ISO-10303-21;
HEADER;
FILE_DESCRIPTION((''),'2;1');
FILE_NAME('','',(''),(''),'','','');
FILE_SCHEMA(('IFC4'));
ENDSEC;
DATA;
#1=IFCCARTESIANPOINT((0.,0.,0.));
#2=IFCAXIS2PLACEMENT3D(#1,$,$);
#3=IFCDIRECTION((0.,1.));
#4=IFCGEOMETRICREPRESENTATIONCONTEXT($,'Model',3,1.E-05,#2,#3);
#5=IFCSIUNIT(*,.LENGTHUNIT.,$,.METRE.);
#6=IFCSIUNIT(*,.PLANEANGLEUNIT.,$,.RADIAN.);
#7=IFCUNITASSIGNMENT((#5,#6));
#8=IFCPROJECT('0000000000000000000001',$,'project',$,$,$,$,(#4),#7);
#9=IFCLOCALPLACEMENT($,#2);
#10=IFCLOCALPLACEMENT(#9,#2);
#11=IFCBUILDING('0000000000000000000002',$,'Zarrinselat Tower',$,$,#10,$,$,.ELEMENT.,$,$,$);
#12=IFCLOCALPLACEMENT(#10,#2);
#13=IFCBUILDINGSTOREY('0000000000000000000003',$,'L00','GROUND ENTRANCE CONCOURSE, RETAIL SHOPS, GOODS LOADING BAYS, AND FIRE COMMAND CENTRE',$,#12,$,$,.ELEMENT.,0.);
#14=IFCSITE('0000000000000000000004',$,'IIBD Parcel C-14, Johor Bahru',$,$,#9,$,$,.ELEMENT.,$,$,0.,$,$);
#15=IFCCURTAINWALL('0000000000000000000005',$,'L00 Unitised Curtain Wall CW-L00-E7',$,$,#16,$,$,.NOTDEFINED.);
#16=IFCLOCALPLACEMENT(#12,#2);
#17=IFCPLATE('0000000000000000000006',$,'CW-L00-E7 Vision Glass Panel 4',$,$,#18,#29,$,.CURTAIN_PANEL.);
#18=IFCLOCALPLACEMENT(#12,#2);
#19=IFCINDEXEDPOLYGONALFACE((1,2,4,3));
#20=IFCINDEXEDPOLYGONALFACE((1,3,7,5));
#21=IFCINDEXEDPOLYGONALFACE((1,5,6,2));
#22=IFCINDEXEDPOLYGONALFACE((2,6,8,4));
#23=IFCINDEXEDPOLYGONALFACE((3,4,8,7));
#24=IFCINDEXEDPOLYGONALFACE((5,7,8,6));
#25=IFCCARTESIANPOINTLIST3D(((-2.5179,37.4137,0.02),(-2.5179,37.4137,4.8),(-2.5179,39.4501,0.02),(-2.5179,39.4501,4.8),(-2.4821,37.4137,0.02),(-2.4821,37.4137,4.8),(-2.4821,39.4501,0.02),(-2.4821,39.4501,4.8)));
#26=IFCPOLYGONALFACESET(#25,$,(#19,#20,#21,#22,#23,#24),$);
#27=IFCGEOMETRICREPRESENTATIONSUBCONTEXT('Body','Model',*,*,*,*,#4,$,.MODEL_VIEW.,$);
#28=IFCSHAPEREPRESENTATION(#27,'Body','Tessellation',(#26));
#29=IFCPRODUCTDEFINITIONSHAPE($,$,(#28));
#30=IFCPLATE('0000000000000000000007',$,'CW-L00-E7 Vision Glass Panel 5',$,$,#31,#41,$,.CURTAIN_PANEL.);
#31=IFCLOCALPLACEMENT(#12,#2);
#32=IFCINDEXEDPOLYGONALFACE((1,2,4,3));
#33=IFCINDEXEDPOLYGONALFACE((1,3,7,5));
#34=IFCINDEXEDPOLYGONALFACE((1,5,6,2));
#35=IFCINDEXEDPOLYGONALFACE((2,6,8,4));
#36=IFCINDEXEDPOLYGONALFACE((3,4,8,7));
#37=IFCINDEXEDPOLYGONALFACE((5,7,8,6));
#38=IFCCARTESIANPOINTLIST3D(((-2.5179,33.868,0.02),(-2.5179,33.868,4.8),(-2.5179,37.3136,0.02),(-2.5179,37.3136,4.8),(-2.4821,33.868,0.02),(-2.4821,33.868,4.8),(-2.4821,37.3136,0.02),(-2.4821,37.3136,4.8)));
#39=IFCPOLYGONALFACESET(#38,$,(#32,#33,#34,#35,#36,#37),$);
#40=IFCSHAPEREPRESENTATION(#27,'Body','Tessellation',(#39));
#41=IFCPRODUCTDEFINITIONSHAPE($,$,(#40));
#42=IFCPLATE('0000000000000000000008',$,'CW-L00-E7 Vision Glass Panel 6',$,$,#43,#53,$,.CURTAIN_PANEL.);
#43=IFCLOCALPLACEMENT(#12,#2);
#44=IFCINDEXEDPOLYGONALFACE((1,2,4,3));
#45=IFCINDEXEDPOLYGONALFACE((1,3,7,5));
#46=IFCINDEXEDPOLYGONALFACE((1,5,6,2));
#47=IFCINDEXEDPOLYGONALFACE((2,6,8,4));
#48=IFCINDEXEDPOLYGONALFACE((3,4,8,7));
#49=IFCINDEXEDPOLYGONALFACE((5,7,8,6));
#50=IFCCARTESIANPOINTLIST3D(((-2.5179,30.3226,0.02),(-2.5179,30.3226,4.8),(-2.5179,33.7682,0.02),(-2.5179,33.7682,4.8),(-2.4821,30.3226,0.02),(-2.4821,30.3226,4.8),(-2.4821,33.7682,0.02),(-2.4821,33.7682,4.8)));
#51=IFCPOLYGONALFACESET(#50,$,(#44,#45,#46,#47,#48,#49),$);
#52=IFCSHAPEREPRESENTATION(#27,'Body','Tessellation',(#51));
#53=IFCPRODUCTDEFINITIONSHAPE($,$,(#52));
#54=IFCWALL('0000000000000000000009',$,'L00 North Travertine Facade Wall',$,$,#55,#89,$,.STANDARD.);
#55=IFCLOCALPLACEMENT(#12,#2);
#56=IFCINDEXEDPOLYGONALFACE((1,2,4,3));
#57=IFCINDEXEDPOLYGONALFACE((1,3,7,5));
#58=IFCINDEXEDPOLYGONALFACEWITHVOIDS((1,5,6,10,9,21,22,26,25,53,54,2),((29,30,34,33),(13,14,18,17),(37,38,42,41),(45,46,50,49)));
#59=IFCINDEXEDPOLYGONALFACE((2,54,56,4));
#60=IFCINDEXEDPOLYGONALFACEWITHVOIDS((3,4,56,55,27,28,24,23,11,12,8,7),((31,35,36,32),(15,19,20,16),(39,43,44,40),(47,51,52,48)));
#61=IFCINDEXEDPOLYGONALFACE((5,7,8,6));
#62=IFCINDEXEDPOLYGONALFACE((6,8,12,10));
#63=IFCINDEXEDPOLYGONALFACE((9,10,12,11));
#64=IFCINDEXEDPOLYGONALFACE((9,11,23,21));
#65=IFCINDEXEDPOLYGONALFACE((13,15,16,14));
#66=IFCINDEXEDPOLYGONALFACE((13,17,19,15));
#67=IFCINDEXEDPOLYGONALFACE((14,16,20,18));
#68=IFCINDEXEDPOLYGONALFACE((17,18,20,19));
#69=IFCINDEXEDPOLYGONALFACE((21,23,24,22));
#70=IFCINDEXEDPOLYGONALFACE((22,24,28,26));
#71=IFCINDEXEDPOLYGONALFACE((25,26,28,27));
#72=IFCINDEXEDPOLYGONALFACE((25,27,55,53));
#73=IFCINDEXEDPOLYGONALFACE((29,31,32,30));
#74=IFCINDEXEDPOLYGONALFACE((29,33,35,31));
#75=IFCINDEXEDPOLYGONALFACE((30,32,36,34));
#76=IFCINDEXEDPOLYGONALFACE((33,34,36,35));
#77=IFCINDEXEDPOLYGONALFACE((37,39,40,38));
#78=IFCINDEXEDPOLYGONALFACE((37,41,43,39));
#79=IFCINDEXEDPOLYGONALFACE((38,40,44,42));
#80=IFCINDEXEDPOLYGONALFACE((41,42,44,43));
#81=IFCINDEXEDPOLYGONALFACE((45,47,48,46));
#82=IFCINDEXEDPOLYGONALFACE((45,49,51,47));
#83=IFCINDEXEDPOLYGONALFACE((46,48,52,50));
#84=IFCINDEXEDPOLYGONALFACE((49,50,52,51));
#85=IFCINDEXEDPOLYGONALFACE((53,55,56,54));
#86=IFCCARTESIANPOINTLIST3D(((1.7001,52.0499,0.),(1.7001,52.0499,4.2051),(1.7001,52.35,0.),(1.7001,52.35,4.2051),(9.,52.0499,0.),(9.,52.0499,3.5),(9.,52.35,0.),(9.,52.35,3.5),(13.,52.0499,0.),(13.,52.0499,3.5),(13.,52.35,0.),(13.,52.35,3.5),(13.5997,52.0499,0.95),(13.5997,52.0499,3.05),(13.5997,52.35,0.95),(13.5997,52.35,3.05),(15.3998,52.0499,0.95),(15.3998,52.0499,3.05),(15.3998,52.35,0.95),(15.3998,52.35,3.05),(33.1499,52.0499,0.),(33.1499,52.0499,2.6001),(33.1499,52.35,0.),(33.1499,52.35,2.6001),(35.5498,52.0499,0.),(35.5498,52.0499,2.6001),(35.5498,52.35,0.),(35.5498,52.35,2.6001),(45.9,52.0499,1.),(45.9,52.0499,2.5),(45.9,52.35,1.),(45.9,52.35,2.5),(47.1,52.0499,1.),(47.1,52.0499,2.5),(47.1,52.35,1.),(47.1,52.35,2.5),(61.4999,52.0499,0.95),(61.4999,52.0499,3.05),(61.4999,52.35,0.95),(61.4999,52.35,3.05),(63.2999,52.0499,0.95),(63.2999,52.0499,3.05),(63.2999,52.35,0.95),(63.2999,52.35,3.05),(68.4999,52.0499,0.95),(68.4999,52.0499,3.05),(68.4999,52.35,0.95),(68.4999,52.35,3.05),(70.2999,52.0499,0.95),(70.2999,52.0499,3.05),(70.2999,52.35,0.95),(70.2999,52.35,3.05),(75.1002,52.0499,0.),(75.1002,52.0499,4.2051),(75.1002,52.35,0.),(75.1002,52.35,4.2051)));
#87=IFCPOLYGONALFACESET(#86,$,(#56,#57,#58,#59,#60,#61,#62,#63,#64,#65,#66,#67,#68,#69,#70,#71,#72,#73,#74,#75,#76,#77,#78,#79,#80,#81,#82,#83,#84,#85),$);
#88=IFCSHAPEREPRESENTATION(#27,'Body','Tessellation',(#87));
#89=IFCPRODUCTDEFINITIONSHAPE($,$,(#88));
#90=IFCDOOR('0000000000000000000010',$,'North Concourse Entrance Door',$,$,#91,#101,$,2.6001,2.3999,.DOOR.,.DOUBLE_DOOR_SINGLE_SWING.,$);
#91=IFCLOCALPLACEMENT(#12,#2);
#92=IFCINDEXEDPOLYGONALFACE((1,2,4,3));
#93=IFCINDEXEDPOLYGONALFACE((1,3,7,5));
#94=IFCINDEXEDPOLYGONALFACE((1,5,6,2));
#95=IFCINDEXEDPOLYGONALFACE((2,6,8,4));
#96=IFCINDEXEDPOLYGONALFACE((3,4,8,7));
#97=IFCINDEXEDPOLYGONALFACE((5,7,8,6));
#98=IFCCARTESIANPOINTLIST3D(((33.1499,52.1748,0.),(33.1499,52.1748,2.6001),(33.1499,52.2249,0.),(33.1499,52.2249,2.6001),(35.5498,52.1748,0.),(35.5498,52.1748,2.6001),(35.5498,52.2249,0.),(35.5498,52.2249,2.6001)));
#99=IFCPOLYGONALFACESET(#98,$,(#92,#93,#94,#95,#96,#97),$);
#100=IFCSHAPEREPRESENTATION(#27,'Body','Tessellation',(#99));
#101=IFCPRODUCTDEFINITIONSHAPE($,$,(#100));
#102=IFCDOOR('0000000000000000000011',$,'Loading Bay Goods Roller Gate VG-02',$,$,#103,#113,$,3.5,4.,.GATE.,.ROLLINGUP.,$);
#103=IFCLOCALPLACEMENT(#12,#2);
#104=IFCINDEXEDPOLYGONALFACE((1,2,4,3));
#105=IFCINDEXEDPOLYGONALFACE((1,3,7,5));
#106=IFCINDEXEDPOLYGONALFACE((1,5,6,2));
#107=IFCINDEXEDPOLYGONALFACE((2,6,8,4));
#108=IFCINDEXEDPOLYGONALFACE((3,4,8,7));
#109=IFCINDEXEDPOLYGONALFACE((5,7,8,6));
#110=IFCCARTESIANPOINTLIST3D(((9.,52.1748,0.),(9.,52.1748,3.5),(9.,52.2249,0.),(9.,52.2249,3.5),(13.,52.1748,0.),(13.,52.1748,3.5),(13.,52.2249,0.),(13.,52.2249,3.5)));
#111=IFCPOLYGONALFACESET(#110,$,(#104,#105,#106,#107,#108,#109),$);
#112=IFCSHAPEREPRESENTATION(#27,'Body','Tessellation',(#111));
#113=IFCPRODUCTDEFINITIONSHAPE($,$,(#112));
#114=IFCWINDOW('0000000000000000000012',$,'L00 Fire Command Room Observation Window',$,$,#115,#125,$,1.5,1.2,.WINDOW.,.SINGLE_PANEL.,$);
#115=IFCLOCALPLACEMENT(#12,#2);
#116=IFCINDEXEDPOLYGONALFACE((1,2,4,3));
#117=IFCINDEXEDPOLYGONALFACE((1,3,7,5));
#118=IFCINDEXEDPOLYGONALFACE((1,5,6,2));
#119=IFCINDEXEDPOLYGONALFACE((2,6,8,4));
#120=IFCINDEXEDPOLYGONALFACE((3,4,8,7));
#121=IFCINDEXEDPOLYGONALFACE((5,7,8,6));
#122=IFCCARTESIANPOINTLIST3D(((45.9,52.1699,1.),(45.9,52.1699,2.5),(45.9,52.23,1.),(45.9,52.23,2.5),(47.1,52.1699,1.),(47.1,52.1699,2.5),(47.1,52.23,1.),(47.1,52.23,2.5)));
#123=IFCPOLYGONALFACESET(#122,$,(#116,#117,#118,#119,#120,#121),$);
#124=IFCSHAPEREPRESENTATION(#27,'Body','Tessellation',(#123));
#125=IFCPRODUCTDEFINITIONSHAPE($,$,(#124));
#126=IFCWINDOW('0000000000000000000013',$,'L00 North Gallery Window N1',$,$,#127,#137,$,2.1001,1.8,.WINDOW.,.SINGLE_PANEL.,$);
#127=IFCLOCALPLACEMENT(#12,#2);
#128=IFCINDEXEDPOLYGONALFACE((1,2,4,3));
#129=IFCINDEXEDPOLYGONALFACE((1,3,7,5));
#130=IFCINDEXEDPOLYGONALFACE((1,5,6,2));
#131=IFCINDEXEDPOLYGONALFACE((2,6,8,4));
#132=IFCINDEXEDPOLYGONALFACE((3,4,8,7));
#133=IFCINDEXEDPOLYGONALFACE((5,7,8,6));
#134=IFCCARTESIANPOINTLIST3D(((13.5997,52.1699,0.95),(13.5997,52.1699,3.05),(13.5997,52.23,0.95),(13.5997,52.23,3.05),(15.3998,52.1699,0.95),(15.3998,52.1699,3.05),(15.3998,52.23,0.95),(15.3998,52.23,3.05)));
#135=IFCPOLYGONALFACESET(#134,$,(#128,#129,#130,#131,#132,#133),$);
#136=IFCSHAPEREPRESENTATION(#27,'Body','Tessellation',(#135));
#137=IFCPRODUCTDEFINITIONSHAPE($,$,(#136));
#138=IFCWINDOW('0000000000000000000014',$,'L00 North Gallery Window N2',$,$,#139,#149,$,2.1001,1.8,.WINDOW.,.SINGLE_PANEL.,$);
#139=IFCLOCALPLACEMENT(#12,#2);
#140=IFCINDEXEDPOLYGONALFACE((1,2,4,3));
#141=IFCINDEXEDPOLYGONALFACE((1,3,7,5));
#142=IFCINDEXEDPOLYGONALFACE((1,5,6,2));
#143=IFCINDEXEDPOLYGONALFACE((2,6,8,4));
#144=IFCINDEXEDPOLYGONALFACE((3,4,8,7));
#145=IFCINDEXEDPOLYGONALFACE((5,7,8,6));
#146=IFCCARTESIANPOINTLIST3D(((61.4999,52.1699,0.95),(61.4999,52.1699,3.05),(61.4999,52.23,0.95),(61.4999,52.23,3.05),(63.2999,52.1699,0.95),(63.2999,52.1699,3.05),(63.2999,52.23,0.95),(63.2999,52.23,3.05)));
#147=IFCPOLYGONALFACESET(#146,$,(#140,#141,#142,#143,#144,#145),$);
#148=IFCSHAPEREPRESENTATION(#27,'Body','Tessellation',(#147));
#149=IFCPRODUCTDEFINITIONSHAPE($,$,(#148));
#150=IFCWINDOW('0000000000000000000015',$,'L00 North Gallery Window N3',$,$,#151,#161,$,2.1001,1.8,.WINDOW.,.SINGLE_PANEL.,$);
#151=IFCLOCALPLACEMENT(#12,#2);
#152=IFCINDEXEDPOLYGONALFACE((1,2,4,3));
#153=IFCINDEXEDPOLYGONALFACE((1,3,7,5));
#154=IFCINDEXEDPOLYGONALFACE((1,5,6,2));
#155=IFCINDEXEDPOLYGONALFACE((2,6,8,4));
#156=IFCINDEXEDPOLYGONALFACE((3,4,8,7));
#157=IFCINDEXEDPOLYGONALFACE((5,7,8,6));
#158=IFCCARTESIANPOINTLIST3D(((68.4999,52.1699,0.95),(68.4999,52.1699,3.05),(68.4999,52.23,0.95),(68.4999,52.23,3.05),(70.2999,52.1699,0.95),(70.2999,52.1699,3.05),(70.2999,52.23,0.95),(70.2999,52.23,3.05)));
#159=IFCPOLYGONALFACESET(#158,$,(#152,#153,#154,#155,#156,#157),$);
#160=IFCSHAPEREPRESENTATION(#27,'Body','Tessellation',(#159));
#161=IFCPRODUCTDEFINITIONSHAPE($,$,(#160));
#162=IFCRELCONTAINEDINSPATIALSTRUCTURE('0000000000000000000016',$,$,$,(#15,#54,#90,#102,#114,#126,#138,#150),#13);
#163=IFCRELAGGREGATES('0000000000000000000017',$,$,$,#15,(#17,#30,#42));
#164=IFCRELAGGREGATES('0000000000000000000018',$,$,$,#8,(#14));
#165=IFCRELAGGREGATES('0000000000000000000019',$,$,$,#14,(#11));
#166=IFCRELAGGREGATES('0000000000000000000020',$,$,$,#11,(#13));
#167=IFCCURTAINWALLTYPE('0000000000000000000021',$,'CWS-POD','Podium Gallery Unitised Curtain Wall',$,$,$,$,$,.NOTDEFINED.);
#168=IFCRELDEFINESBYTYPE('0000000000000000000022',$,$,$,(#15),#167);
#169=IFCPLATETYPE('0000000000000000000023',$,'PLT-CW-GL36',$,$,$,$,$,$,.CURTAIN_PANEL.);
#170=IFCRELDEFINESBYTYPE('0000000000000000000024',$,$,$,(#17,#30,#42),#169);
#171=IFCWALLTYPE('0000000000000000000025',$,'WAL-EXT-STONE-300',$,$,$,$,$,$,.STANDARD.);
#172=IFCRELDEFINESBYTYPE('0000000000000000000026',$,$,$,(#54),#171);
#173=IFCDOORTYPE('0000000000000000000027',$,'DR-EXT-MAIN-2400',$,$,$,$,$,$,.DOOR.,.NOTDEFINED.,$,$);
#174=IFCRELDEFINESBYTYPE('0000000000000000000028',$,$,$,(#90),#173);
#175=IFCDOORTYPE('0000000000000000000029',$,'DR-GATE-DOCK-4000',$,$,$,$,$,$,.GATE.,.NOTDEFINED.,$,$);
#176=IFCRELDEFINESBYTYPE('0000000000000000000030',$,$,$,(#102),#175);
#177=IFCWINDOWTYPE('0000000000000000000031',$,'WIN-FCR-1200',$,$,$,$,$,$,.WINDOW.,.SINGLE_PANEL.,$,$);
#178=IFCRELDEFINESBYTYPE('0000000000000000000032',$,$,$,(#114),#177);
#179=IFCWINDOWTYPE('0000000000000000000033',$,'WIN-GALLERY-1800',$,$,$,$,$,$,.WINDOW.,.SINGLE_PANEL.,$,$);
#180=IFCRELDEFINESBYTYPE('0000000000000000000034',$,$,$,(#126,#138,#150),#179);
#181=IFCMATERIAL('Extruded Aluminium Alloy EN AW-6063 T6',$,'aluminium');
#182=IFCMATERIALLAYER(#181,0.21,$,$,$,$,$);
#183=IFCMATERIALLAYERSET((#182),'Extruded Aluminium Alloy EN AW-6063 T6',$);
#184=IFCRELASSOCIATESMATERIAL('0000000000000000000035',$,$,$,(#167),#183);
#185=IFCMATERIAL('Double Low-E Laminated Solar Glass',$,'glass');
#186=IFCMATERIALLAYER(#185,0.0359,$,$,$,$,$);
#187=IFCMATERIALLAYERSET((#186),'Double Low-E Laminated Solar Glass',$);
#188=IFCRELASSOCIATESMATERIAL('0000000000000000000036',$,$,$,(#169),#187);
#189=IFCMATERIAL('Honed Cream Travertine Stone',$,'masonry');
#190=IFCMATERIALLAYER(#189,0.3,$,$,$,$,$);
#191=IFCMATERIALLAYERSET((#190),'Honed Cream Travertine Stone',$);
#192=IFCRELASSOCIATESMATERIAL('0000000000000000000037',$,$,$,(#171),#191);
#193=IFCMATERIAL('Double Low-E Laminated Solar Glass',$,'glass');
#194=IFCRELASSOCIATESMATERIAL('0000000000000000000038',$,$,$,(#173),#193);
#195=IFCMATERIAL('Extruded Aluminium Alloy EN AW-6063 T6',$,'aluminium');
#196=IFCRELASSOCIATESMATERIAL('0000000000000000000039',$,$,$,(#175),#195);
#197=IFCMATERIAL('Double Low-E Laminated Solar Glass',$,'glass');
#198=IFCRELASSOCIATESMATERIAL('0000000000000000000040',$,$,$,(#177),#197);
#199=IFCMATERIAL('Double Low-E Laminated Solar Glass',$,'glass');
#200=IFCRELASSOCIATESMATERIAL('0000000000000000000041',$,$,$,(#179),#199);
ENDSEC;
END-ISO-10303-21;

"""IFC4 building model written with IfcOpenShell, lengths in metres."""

from ifc_helpers import new_model, si_unit, direction, frame, frame_2d, origin, origin_2d, place, context, subcontext, project, spatial, rectangle, extrude, material, layer, layer_set, type_object, element, fill, aggregate, save


model = new_model("IFC4")

# Units and contexts
model_context = context("Model", 3, precision=1e-05, world=origin(), true_north=direction((0.0, 1.0)))
body_context = subcontext(model_context, "Body", "Model", "MODEL_VIEW")
ifc_project = project(units=[si_unit("LENGTHUNIT", "METRE"), si_unit("PLANEANGLEUNIT", "RADIAN")], contexts=[model_context])

# Site, building, storey
site_placement = place(None, origin())
site = spatial("IfcSite", under=ifc_project, at=site_placement, Name="IIBD Parcel C-14, Johor Bahru", CompositionType="ELEMENT", RefElevation=0.0)
building_placement = place(site_placement, origin())
building = spatial("IfcBuilding", under=site, at=building_placement, Name="Zarrinselat Tower", CompositionType="ELEMENT")
storey_placement = place(building_placement, origin())
storey = spatial("IfcBuildingStorey", under=building, at=storey_placement, Name="L00", Description="GROUND ENTRANCE CONCOURSE, RETAIL SHOPS, GOODS LOADING BAYS, AND FIRE COMMAND CENTRE", CompositionType="ELEMENT", Elevation=0.0)

# Curtain wall
ifc_material_1 = material(Name="Extruded Aluminium Alloy EN AW-6063 T6", Category="aluminium")
ifc_layer_1 = layer(ifc_material_1, 0.21)
ifc_layer_set_1 = layer_set([ifc_layer_1], Name="Extruded Aluminium Alloy EN AW-6063 T6")
curtain_wall_type = type_object("IfcCurtainWallType", Name="CWS-POD", Description="Podium Gallery Unitised Curtain Wall", PredefinedType="NOTDEFINED", material=ifc_layer_set_1)
curtain_wall_1_placement = place(storey_placement, origin())
curtain_wall_1 = element("IfcCurtainWall", 1, at=curtain_wall_1_placement, inside=storey, type_object=curtain_wall_type, Name="L00 Unitised Curtain Wall CW-L00-E7", PredefinedType="NOTDEFINED")

# Plates
ifc_material_2 = material(Name="Double Low-E Laminated Solar Glass", Category="glass")
ifc_layer_2 = layer(ifc_material_2, 0.0359)
ifc_layer_set_2 = layer_set([ifc_layer_2], Name="Double Low-E Laminated Solar Glass")
plate_type = type_object("IfcPlateType", Name="PLT-CW-GL36", PredefinedType="CURTAIN_PANEL", material=ifc_layer_set_2)
plate_1_placement = place(storey_placement, frame((-2.5, 38.4319, 0.02), z_axis=(0.0, 0.0, 1.0), x_axis=(0.0, -1.0, 0.0)))
plate_1 = element("IfcPlate", 2, at=plate_1_placement, type_object=plate_type, Name="CW-L00-E7 Vision Glass Panel 4", PredefinedType="CURTAIN_PANEL", context=body_context, shape_type="SweptSolid", body=[
    extrude(rectangle(XDim=2.0364, YDim=0.0359, at=origin_2d()), origin(), (0.0, 0.0, 1.0), 4.78),
])
plate_2_placement = place(storey_placement, frame((-2.5, 35.5908, 0.02), z_axis=(0.0, 0.0, 1.0), x_axis=(0.0, -1.0, 0.0)))
plate_2 = element("IfcPlate", 3, at=plate_2_placement, type_object=plate_type, Name="CW-L00-E7 Vision Glass Panel 5", PredefinedType="CURTAIN_PANEL", context=body_context, shape_type="SweptSolid", body=[
    extrude(rectangle(XDim=3.4456, YDim=0.0359, at=origin_2d()), origin(), (0.0, 0.0, 1.0), 4.78),
])
plate_3_placement = place(storey_placement, frame((-2.5, 32.0454, 0.02), z_axis=(0.0, 0.0, 1.0), x_axis=(0.0, -1.0, 0.0)))
plate_3 = element("IfcPlate", 4, at=plate_3_placement, type_object=plate_type, Name="CW-L00-E7 Vision Glass Panel 6", PredefinedType="CURTAIN_PANEL", context=body_context, shape_type="SweptSolid", body=[
    extrude(rectangle(XDim=3.4456, YDim=0.0359, at=origin_2d()), origin(), (0.0, 0.0, 1.0), 4.78),
])
aggregate(curtain_wall_1, [plate_1, plate_2, plate_3])

# Wall, openings, doors, windows
ifc_material_3 = material(Name="Honed Cream Travertine Stone", Category="masonry")
ifc_layer_3 = layer(ifc_material_3, 0.3)
ifc_layer_set_3 = layer_set([ifc_layer_3], Name="Honed Cream Travertine Stone")
wall_type_1 = type_object("IfcWallType", Name="WAL-EXT-STONE-300", PredefinedType="STANDARD", material=ifc_layer_set_3)
wall_1_placement = place(storey_placement, frame((1.7, 52.2, 0.0), z_axis=(0.0, 0.0, 1.0), x_axis=(1.0, 0.0, 0.0)))
wall_1 = element("IfcWall", 5, at=wall_1_placement, inside=storey, type_object=wall_type_1, Name="L00 North Travertine Facade Wall", PredefinedType="STANDARD", context=body_context, shape_type="SweptSolid", body=[
    extrude(rectangle(XDim=73.4001, YDim=0.3, at=frame_2d((36.7002, 0.0))), origin(), (0.0, 0.0, 1.0), 4.2051),
])
opening_1_placement = place(wall_1_placement, frame((7.3, 0.0, 0.0)))
opening_1 = element("IfcOpeningElement", 6, at=opening_1_placement, cuts=wall_1, PredefinedType="OPENING", context=body_context, shape_type="SweptSolid", body=[
    extrude(rectangle(XDim=4.0, YDim=3.5, at=frame_2d((2.0, 1.75))), frame((0.0, 0.1599, 0.0), z_axis=(0.0, -1.0, 0.0), x_axis=(1.0, 0.0, 0.0)), (0.0, 0.0, 1.0), 0.3201),
])
opening_2_placement = place(wall_1_placement, frame((31.45, 0.0, 0.0)))
opening_2 = element("IfcOpeningElement", 7, at=opening_2_placement, cuts=wall_1, PredefinedType="OPENING", context=body_context, shape_type="SweptSolid", body=[
    extrude(rectangle(XDim=2.3999, YDim=2.6001, at=frame_2d((1.2, 1.3))), frame((0.0, 0.1599, 0.0), z_axis=(0.0, -1.0, 0.0), x_axis=(1.0, 0.0, 0.0)), (0.0, 0.0, 1.0), 0.3201),
])
opening_3_placement = place(wall_1_placement, frame((44.2, 0.0, 1.0)))
opening_3 = element("IfcOpeningElement", 8, at=opening_3_placement, cuts=wall_1, PredefinedType="OPENING", context=body_context, shape_type="SweptSolid", body=[
    extrude(rectangle(XDim=1.2, YDim=1.5, at=frame_2d((0.6001, 0.75))), frame((0.0, 0.1599, 0.0), z_axis=(0.0, -1.0, 0.0), x_axis=(1.0, 0.0, 0.0)), (0.0, 0.0, 1.0), 0.3201),
])
opening_4_placement = place(wall_1_placement, frame((11.8999, 0.0, 0.95)))
opening_4 = element("IfcOpeningElement", 9, at=opening_4_placement, cuts=wall_1, PredefinedType="OPENING", context=body_context, shape_type="SweptSolid", body=[
    extrude(rectangle(XDim=1.8, YDim=2.1001, at=frame_2d((0.8999, 1.05))), frame((0.0, 0.1599, 0.0), z_axis=(0.0, -1.0, 0.0), x_axis=(1.0, 0.0, 0.0)), (0.0, 0.0, 1.0), 0.3201),
])
opening_5_placement = place(wall_1_placement, frame((59.8, 0.0, 0.95)))
opening_5 = element("IfcOpeningElement", 10, at=opening_5_placement, cuts=wall_1, PredefinedType="OPENING", context=body_context, shape_type="SweptSolid", body=[
    extrude(rectangle(XDim=1.8, YDim=2.1001, at=frame_2d((0.8999, 1.05))), frame((0.0, 0.1599, 0.0), z_axis=(0.0, -1.0, 0.0), x_axis=(1.0, 0.0, 0.0)), (0.0, 0.0, 1.0), 0.3201),
])
opening_6_placement = place(wall_1_placement, frame((66.8, 0.0, 0.95)))
opening_6 = element("IfcOpeningElement", 11, at=opening_6_placement, cuts=wall_1, PredefinedType="OPENING", context=body_context, shape_type="SweptSolid", body=[
    extrude(rectangle(XDim=1.8, YDim=2.1001, at=frame_2d((0.8999, 1.05))), frame((0.0, 0.1599, 0.0), z_axis=(0.0, -1.0, 0.0), x_axis=(1.0, 0.0, 0.0)), (0.0, 0.0, 1.0), 0.3201),
])
ifc_material_4 = material(Name="Double Low-E Laminated Solar Glass", Category="glass")
door_type_1 = type_object("IfcDoorType", Name="DR-EXT-MAIN-2400", OperationType="NOTDEFINED", PredefinedType="DOOR", material=ifc_material_4)
door_1_placement = place(opening_2_placement, origin())
door_1 = element("IfcDoor", 12, at=door_1_placement, inside=storey, type_object=door_type_1, Name="North Concourse Entrance Door", OperationType="DOUBLE_DOOR_SINGLE_SWING", OverallHeight=2.6001, OverallWidth=2.3999, PredefinedType="DOOR", context=body_context, shape_type="SweptSolid", body=[
    extrude(rectangle(XDim=2.3999, YDim=2.6001, at=frame_2d((1.2, 1.3))), frame((0.0, 0.0249, 0.0), z_axis=(0.0, -1.0, 0.0), x_axis=(1.0, 0.0, 0.0)), (0.0, 0.0, 1.0), 0.05),
])
fill(opening_2, door_1)
ifc_material_5 = material(Name="Extruded Aluminium Alloy EN AW-6063 T6", Category="aluminium")
door_type_2 = type_object("IfcDoorType", Name="DR-GATE-DOCK-4000", OperationType="NOTDEFINED", PredefinedType="GATE", material=ifc_material_5)
door_2_placement = place(opening_1_placement, origin())
door_2 = element("IfcDoor", 13, at=door_2_placement, inside=storey, type_object=door_type_2, Name="Loading Bay Goods Roller Gate VG-02", OperationType="ROLLINGUP", OverallHeight=3.5, OverallWidth=4.0, PredefinedType="GATE", context=body_context, shape_type="SweptSolid", body=[
    extrude(rectangle(XDim=4.0, YDim=3.5, at=frame_2d((2.0, 1.75))), frame((0.0, 0.0249, 0.0), z_axis=(0.0, -1.0, 0.0), x_axis=(1.0, 0.0, 0.0)), (0.0, 0.0, 1.0), 0.05),
])
fill(opening_1, door_2)
ifc_material_6 = material(Name="Double Low-E Laminated Solar Glass", Category="glass")
window_type_1 = type_object("IfcWindowType", Name="WIN-FCR-1200", PartitioningType="SINGLE_PANEL", PredefinedType="WINDOW", material=ifc_material_6)
window_1_placement = place(opening_3_placement, origin())
window_1 = element("IfcWindow", 14, at=window_1_placement, inside=storey, type_object=window_type_1, Name="L00 Fire Command Room Observation Window", OverallHeight=1.5, OverallWidth=1.2, PartitioningType="SINGLE_PANEL", PredefinedType="WINDOW", context=body_context, shape_type="SweptSolid", body=[
    extrude(rectangle(XDim=1.2, YDim=1.5, at=frame_2d((0.6001, 0.75))), frame((0.0, 0.03, 0.0), z_axis=(0.0, -1.0, 0.0), x_axis=(1.0, 0.0, 0.0)), (0.0, 0.0, 1.0), 0.0601),
])
fill(opening_3, window_1)
ifc_material_7 = material(Name="Double Low-E Laminated Solar Glass", Category="glass")
window_type_2 = type_object("IfcWindowType", Name="WIN-GALLERY-1800", PartitioningType="SINGLE_PANEL", PredefinedType="WINDOW", material=ifc_material_7)
window_2_placement = place(opening_4_placement, origin())
window_2 = element("IfcWindow", 15, at=window_2_placement, inside=storey, type_object=window_type_2, Name="L00 North Gallery Window N1", OverallHeight=2.1001, OverallWidth=1.8, PartitioningType="SINGLE_PANEL", PredefinedType="WINDOW", context=body_context, shape_type="SweptSolid", body=[
    extrude(rectangle(XDim=1.8, YDim=2.1001, at=frame_2d((0.8999, 1.05))), frame((0.0, 0.03, 0.0), z_axis=(0.0, -1.0, 0.0), x_axis=(1.0, 0.0, 0.0)), (0.0, 0.0, 1.0), 0.0601),
])
fill(opening_4, window_2)
window_3_placement = place(opening_5_placement, origin())
window_3 = element("IfcWindow", 16, at=window_3_placement, inside=storey, type_object=window_type_2, Name="L00 North Gallery Window N2", OverallHeight=2.1001, OverallWidth=1.8, PartitioningType="SINGLE_PANEL", PredefinedType="WINDOW", context=body_context, shape_type="SweptSolid", body=[
    extrude(rectangle(XDim=1.8, YDim=2.1001, at=frame_2d((0.8999, 1.05))), frame((0.0, 0.03, 0.0), z_axis=(0.0, -1.0, 0.0), x_axis=(1.0, 0.0, 0.0)), (0.0, 0.0, 1.0), 0.0601),
])
fill(opening_5, window_3)
window_4_placement = place(opening_6_placement, origin())
window_4 = element("IfcWindow", 17, at=window_4_placement, inside=storey, type_object=window_type_2, Name="L00 North Gallery Window N3", OverallHeight=2.1001, OverallWidth=1.8, PartitioningType="SINGLE_PANEL", PredefinedType="WINDOW", context=body_context, shape_type="SweptSolid", body=[
    extrude(rectangle(XDim=1.8, YDim=2.1001, at=frame_2d((0.8999, 1.05))), frame((0.0, 0.03, 0.0), z_axis=(0.0, -1.0, 0.0), x_axis=(1.0, 0.0, 0.0)), (0.0, 0.0, 1.0), 0.0601),
])
fill(opening_6, window_4)

save(model, "model.ifc")
